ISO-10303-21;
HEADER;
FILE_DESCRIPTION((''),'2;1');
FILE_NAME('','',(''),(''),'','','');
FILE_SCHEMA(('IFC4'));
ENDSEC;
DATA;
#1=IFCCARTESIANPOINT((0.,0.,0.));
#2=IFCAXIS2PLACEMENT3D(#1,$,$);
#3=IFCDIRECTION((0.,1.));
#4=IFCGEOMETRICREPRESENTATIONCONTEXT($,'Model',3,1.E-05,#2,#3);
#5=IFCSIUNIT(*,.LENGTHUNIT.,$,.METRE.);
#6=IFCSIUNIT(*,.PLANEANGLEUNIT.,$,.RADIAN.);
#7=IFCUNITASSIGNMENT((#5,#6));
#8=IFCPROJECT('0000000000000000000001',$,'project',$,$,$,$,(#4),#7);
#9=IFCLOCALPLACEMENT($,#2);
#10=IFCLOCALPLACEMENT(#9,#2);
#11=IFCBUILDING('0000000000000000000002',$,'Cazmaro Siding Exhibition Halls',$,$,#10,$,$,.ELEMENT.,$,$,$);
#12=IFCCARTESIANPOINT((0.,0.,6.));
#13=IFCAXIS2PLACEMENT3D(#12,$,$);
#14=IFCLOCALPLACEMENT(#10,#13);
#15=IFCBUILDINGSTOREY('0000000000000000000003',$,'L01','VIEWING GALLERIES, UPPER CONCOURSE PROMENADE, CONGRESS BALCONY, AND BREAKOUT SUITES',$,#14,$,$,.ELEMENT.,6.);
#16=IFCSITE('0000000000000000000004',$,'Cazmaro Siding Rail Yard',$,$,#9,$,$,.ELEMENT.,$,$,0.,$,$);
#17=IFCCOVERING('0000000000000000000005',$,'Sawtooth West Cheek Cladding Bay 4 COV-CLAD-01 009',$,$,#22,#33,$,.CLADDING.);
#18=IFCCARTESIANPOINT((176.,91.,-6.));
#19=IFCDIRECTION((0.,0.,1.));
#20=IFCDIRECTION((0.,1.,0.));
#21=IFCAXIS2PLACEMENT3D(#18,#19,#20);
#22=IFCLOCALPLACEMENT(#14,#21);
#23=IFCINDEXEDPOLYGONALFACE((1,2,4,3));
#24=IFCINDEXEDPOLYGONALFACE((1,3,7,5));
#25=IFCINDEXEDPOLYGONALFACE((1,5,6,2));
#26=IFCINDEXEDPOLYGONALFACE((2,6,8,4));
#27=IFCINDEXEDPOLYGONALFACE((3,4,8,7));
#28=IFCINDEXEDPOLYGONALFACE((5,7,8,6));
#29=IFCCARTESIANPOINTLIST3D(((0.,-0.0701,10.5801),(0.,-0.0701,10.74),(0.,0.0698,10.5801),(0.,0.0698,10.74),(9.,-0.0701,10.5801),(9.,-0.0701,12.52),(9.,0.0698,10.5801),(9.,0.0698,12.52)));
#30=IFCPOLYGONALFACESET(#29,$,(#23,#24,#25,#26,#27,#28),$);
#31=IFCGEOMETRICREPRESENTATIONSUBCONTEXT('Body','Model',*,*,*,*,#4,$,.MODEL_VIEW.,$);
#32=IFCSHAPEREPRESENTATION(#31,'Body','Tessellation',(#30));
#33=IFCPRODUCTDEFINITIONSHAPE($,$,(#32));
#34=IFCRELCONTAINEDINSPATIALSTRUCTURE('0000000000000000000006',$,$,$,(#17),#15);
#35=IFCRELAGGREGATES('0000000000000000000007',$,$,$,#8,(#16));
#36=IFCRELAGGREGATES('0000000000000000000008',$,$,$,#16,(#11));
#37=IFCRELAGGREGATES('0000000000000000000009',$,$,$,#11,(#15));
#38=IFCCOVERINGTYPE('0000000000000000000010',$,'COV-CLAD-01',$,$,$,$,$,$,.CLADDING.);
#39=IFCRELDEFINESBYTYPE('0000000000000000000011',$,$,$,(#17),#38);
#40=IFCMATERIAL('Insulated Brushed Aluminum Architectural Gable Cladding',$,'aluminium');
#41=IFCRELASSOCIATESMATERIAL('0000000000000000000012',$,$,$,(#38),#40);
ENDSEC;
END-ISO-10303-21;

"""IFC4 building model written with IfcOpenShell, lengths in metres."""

from ifc_helpers import new_model, si_unit, direction, frame, origin, place, context, subcontext, project, spatial, polyline, outline, extrude, material, type_object, element, save


model = new_model("IFC4")

# Units and contexts
model_context = context("Model", 3, precision=1e-05, world=origin(), true_north=direction((0.0, 1.0)))
body_context = subcontext(model_context, "Body", "Model", "MODEL_VIEW")
ifc_project = project(units=[si_unit("LENGTHUNIT", "METRE"), si_unit("PLANEANGLEUNIT", "RADIAN")], contexts=[model_context])

# Site, building, storey
site_placement = place(None, origin())
site = spatial("IfcSite", under=ifc_project, at=site_placement, Name="Cazmaro Siding Rail Yard", CompositionType="ELEMENT", RefElevation=0.0)
building_placement = place(site_placement, origin())
building = spatial("IfcBuilding", under=site, at=building_placement, Name="Cazmaro Siding Exhibition Halls", CompositionType="ELEMENT")
storey_placement = place(building_placement, frame((0.0, 0.0, 6.0)))
storey = spatial("IfcBuildingStorey", under=building, at=storey_placement, Name="L01", Description="VIEWING GALLERIES, UPPER CONCOURSE PROMENADE, CONGRESS BALCONY, AND BREAKOUT SUITES", CompositionType="ELEMENT", Elevation=6.0)

# Covering
ifc_material_1 = material(Name="Insulated Brushed Aluminum Architectural Gable Cladding", Category="aluminium")
covering_type = type_object("IfcCoveringType", Name="COV-CLAD-01", PredefinedType="CLADDING", material=ifc_material_1)
covering_placement = place(storey_placement, frame((176.0, 91.0, -6.0), z_axis=(0.0, 0.0, 1.0), x_axis=(0.0, 1.0, 0.0)))
element("IfcCovering", 1, at=covering_placement, inside=storey, type_object=covering_type, Name="Sawtooth West Cheek Cladding Bay 4 COV-CLAD-01 009", PredefinedType="CLADDING", context=body_context, shape_type="SweptSolid", body=[
    extrude(outline(polyline([(0.0, 10.5801), (9.0, 10.5801), (9.0, 12.52), (0.0, 10.74), (0.0, 10.5801)])), frame((0.0, 0.0698, 0.0), z_axis=(0.0, -1.0, 0.0), x_axis=(1.0, 0.0, 0.0)), (0.0, 0.0, 1.0), 0.1399),
])

save(model, "model.ifc")
